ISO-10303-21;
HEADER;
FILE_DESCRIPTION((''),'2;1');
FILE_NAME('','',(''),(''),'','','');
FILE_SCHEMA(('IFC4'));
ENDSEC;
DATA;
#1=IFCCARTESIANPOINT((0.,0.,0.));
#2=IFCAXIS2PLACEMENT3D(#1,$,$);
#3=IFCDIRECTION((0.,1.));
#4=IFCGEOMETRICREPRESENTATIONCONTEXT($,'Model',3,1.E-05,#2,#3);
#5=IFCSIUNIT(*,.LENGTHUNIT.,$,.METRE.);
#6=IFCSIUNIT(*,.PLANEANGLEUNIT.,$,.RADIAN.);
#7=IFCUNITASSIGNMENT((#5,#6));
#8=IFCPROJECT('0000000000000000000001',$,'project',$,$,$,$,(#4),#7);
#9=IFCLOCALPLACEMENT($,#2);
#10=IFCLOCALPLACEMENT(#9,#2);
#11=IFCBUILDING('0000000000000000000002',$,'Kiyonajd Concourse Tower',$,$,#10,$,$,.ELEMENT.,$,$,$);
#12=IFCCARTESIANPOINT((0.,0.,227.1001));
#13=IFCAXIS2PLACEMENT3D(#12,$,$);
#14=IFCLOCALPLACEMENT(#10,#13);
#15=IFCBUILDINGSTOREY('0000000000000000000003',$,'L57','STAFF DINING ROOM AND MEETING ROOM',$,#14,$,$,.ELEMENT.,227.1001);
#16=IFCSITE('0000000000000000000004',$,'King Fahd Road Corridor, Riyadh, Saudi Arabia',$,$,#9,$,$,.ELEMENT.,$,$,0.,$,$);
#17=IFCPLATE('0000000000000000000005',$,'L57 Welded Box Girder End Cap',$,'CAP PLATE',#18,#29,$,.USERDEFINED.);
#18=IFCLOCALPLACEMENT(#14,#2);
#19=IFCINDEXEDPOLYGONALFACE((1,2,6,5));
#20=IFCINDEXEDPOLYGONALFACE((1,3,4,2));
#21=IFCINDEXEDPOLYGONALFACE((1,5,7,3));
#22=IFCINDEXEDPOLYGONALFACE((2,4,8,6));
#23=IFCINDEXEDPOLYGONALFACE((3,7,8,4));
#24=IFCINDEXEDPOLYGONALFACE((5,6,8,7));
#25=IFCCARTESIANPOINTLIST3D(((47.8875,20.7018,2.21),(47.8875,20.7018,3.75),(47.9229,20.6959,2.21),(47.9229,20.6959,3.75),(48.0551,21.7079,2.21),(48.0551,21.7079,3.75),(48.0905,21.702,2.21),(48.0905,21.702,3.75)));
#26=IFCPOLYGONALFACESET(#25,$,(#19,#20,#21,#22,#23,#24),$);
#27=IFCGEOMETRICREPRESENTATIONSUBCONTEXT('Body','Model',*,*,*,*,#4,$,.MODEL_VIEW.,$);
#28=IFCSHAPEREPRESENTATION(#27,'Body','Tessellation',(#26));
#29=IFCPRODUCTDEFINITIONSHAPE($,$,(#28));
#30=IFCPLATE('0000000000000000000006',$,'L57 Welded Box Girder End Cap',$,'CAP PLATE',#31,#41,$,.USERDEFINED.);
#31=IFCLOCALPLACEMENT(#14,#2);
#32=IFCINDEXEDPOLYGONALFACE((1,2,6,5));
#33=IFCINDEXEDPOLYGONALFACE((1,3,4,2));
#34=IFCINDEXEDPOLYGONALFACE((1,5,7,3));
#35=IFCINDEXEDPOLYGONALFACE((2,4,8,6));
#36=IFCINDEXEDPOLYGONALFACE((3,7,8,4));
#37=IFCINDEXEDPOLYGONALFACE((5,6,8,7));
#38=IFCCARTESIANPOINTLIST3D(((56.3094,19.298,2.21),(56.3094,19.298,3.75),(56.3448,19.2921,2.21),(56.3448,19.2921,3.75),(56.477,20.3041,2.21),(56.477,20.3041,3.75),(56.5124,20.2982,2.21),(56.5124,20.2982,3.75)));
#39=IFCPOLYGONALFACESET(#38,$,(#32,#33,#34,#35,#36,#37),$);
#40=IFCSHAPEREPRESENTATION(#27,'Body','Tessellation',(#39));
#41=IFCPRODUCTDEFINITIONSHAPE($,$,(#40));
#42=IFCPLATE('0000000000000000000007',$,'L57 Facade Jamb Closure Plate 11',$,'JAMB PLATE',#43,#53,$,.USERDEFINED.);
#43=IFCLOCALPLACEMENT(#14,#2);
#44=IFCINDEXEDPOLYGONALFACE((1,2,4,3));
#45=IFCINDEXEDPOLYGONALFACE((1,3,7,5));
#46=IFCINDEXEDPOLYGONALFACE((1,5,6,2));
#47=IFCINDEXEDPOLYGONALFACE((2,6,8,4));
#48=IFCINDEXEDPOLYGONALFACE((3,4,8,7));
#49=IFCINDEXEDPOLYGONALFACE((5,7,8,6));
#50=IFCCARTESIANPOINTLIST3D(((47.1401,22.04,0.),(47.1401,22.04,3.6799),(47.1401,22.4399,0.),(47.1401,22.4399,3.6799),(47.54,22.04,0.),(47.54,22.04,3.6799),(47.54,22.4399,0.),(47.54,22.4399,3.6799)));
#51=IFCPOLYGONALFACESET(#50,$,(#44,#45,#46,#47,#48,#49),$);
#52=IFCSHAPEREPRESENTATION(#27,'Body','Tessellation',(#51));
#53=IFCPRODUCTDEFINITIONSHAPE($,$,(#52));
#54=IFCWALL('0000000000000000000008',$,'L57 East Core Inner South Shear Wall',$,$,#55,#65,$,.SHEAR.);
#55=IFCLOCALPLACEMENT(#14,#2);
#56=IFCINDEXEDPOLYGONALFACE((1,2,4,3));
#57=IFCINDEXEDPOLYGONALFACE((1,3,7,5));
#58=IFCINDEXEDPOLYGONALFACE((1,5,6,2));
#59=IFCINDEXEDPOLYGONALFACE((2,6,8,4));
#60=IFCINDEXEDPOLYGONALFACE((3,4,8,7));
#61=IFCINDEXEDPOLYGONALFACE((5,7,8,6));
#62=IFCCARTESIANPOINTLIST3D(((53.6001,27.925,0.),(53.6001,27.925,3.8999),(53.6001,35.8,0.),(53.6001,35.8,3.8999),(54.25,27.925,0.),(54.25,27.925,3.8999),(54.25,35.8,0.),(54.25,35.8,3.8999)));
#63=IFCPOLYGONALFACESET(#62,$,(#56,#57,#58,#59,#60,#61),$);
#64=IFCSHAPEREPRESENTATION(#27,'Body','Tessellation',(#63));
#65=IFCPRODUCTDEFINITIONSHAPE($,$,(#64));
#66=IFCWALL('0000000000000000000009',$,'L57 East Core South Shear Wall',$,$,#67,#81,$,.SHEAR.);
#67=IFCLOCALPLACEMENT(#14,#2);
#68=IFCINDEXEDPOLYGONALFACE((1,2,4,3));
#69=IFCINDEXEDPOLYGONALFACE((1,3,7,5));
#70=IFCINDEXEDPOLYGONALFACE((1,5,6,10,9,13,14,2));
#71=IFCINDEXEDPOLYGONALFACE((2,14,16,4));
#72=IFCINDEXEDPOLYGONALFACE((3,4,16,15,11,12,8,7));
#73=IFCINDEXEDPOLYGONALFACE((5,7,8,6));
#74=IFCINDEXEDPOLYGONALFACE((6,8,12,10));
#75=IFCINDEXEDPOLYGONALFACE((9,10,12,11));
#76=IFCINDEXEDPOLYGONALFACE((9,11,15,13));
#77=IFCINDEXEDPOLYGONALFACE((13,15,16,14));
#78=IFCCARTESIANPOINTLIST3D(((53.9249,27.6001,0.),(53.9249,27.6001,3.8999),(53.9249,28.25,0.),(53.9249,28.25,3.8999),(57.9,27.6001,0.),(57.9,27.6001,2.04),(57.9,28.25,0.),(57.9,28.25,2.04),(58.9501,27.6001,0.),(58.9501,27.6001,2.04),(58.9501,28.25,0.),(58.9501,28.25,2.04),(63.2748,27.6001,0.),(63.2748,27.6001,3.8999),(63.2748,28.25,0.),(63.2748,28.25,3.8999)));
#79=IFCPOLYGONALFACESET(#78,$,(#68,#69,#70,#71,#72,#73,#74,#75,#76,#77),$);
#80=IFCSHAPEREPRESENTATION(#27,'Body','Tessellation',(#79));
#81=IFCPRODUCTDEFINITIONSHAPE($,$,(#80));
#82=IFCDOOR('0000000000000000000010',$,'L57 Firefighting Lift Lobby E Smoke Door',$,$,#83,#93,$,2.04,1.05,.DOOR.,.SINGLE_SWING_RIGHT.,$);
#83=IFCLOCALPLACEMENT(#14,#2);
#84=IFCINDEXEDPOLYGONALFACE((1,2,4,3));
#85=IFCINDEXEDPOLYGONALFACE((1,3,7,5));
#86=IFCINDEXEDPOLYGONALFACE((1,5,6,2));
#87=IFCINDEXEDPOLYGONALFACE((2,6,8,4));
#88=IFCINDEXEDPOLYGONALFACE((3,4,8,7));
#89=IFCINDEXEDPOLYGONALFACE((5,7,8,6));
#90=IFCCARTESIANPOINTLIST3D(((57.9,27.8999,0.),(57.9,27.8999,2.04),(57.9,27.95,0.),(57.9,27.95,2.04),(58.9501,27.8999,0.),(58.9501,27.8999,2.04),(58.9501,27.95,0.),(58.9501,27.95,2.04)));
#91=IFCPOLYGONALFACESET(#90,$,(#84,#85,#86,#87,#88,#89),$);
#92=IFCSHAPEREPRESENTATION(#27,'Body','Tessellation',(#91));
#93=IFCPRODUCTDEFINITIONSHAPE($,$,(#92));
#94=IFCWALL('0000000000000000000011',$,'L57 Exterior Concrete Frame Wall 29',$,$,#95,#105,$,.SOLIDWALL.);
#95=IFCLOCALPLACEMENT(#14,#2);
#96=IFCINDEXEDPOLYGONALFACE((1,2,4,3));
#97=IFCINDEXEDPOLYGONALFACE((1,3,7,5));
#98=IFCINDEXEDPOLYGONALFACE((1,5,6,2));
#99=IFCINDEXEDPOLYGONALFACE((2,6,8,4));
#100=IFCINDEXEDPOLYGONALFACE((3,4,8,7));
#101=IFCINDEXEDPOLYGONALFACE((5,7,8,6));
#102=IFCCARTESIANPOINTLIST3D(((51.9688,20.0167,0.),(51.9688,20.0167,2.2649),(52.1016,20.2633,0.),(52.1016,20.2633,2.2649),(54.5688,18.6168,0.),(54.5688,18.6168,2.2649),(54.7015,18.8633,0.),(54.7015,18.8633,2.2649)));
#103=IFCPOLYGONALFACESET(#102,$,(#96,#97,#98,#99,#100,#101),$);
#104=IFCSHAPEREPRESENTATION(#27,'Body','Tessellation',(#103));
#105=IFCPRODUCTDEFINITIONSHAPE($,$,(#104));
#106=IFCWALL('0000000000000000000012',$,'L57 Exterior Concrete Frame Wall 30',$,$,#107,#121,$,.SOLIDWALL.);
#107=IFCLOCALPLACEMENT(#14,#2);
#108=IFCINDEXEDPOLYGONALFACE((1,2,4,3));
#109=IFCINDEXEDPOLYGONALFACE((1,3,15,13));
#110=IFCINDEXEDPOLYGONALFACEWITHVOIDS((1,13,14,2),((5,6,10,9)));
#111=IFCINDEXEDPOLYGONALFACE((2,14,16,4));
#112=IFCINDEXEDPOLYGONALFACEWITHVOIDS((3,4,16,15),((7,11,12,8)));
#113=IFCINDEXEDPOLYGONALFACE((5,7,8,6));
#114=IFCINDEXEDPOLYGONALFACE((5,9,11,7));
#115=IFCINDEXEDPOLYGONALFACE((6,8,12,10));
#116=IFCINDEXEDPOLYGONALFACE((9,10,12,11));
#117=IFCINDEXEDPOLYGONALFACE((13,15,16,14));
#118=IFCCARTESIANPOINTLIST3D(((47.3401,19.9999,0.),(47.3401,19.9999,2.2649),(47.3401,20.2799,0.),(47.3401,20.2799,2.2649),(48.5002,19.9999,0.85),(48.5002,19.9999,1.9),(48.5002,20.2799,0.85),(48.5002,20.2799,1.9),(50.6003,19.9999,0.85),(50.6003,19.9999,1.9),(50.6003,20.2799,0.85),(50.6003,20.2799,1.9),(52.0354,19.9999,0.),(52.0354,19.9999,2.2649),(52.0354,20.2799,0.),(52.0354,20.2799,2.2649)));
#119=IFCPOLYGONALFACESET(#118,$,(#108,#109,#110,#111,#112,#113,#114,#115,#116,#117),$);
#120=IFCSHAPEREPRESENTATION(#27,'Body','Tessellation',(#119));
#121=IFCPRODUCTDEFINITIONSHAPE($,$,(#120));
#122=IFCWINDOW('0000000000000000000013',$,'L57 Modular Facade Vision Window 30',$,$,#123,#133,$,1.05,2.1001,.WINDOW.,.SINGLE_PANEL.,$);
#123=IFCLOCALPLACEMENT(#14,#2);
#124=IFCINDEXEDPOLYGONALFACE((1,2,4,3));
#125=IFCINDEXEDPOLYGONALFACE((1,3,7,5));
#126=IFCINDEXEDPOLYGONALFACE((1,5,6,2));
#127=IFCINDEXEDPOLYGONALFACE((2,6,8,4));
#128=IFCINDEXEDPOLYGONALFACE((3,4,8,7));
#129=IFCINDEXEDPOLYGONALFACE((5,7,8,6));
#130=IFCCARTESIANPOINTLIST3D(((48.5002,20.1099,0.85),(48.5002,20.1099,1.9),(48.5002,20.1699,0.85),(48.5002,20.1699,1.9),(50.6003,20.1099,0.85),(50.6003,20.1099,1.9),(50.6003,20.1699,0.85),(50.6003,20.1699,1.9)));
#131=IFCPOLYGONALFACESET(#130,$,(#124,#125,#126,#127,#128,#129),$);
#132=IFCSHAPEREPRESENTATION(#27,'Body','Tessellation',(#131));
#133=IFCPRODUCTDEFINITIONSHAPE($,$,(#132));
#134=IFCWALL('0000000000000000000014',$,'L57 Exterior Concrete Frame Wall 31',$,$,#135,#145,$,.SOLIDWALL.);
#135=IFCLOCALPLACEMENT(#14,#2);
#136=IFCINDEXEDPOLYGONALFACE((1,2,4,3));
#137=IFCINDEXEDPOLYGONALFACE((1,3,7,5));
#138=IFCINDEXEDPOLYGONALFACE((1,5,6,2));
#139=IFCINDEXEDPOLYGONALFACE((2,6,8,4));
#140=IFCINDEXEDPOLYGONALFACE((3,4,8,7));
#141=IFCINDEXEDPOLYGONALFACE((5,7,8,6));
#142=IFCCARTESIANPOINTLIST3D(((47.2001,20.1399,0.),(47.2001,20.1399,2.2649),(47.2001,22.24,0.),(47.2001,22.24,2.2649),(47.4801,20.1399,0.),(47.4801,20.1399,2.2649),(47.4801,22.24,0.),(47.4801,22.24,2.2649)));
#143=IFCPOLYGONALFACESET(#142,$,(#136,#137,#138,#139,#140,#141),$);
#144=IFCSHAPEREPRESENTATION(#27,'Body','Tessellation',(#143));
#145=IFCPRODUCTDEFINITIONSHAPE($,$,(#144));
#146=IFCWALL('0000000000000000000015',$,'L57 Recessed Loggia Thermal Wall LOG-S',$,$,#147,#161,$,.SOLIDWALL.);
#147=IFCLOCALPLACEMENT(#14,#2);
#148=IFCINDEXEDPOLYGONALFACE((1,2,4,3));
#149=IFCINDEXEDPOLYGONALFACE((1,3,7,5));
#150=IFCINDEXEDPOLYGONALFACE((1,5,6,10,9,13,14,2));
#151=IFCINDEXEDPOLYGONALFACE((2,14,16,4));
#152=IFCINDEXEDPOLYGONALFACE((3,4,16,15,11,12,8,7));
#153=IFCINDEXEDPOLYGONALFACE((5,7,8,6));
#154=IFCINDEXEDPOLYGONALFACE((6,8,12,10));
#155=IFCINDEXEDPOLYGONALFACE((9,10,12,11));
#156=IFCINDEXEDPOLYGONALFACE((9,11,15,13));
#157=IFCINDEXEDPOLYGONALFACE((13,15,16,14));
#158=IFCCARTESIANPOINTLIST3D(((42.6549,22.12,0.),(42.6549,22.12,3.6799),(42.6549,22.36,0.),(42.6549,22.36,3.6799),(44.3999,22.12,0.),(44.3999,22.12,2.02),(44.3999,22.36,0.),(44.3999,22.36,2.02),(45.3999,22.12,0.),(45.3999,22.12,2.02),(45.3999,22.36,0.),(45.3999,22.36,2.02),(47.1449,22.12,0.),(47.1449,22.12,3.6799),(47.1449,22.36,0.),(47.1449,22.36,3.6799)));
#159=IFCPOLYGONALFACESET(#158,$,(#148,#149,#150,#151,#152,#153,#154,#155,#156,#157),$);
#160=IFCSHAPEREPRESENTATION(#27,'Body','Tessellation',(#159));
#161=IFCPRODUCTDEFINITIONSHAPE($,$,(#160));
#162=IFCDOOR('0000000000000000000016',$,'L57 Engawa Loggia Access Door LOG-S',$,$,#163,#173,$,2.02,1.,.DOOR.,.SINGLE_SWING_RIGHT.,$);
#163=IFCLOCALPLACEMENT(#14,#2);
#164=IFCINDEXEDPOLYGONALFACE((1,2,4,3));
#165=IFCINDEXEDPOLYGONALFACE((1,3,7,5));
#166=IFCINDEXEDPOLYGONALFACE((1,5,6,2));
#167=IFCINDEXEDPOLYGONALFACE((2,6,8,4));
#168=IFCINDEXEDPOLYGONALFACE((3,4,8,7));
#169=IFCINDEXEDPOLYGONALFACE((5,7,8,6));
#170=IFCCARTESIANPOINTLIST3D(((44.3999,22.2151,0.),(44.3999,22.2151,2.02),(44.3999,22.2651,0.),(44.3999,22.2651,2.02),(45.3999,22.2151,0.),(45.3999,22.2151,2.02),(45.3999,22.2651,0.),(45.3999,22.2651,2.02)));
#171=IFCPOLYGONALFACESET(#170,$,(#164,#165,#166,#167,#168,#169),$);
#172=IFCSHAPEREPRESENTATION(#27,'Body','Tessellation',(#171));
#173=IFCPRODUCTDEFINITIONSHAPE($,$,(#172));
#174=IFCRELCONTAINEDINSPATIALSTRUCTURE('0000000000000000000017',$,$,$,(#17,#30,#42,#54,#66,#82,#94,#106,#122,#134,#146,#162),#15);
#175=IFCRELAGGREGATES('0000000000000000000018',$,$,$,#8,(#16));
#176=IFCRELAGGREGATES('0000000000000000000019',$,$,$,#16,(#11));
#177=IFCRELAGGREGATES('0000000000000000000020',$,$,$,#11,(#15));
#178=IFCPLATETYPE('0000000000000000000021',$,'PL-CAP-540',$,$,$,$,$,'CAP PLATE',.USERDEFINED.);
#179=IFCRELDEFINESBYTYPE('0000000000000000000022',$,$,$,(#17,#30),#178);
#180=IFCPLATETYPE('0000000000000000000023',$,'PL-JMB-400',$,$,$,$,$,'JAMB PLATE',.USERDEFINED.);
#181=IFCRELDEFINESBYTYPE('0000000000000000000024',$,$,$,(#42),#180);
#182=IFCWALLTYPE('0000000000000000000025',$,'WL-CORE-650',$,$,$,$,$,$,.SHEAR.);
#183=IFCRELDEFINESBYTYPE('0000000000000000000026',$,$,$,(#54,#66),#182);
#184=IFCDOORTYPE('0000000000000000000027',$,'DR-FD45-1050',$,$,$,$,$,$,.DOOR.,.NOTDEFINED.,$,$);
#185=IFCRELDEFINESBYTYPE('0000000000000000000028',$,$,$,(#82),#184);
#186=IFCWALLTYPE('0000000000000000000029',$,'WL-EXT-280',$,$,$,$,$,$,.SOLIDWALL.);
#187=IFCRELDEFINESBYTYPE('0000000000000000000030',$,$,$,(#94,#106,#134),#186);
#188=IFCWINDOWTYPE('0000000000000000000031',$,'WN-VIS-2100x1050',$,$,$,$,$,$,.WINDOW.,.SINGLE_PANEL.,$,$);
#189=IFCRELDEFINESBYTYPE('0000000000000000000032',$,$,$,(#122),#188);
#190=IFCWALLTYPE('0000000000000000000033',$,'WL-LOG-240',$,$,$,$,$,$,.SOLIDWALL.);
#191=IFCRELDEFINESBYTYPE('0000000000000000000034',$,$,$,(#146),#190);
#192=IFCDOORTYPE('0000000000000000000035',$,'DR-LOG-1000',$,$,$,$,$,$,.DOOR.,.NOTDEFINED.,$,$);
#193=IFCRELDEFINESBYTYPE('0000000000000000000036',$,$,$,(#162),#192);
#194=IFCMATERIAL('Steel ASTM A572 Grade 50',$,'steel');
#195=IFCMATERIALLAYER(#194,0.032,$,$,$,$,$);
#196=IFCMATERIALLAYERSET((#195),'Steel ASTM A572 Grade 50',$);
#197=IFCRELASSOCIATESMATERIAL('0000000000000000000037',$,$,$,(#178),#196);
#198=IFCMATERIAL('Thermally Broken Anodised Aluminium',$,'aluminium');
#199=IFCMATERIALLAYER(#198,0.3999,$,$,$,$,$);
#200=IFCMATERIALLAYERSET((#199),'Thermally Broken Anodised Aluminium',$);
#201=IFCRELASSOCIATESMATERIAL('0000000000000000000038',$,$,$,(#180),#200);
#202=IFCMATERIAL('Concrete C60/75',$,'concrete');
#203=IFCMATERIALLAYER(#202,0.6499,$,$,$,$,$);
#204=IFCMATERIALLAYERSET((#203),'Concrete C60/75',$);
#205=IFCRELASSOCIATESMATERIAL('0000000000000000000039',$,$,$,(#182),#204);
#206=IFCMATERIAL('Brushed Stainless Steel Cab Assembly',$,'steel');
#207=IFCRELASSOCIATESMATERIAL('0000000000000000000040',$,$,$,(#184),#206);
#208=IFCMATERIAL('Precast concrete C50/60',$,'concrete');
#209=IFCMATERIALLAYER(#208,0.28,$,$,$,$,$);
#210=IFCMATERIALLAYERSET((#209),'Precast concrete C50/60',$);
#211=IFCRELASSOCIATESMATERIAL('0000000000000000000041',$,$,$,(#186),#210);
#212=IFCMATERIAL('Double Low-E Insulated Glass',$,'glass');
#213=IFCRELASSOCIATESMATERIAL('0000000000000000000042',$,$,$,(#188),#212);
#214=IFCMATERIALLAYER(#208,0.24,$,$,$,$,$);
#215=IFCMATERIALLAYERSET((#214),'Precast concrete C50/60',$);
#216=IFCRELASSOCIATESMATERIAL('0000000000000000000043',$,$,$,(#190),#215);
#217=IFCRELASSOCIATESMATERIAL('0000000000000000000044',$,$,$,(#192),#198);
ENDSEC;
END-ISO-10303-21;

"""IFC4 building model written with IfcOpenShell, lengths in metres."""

from ifc_helpers import new_model, si_unit, direction, frame, frame_2d, origin, origin_2d, place, context, subcontext, project, spatial, rectangle, extrude, material, layer, layer_set, type_object, element, fill, save


model = new_model("IFC4")

# Units and contexts
model_context = context("Model", 3, precision=1e-05, world=origin(), true_north=direction((0.0, 1.0)))
body_context = subcontext(model_context, "Body", "Model", "MODEL_VIEW")
ifc_project = project(units=[si_unit("LENGTHUNIT", "METRE"), si_unit("PLANEANGLEUNIT", "RADIAN")], contexts=[model_context])

# Site, building, storey
site_placement = place(None, origin())
site = spatial("IfcSite", under=ifc_project, at=site_placement, Name="King Fahd Road Corridor, Riyadh, Saudi Arabia", CompositionType="ELEMENT", RefElevation=0.0)
building_placement = place(site_placement, origin())
building = spatial("IfcBuilding", under=site, at=building_placement, Name="Kiyonajd Concourse Tower", CompositionType="ELEMENT")
storey_placement = place(building_placement, frame((0.0, 0.0, 227.1001)))
storey = spatial("IfcBuildingStorey", under=building, at=storey_placement, Name="L57", Description="STAFF DINING ROOM AND MEETING ROOM", CompositionType="ELEMENT", Elevation=227.1001)

# Shared definitions
ifc_material_1 = material(Name="Concrete C60/75", Category="concrete")

# Shared definitions
ifc_material_2 = material(Name="Steel ASTM A572 Grade 50", Category="steel")

# Plates
ifc_layer_1 = layer(ifc_material_2, 0.032)
ifc_layer_set_1 = layer_set([ifc_layer_1], Name="Steel ASTM A572 Grade 50")
plate_type_1 = type_object("IfcPlateType", Name="PL-CAP-540", ElementType="CAP PLATE", PredefinedType="USERDEFINED", material=ifc_layer_set_1)
for number, where, z_axis, x_axis, name in (
    (1, (47.989, 21.2019, 2.21), (0.0, 0.0, 1.0), (-0.986401, 0.164359, 0.0), "L57 Welded Box Girder End Cap"),
    (2, (56.4109, 19.7981, 2.21), (0.0, 0.0, 1.0), (0.986401, -0.164359, 0.0), "L57 Welded Box Girder End Cap"),
):
    element("IfcPlate", number, at=place(storey_placement, frame(where, z_axis=z_axis, x_axis=x_axis)), inside=storey, type_object=plate_type_1, Name=name, ObjectType="CAP PLATE", PredefinedType="USERDEFINED", context=body_context, shape_type="SweptSolid", body=[
        extrude(rectangle(XDim=0.0359, YDim=1.02, at=origin_2d()), origin(), (0.0, 0.0, 1.0), 1.54),
    ])
ifc_material_3 = material(Name="Thermally Broken Anodised Aluminium", Category="aluminium")
ifc_layer_2 = layer(ifc_material_3, 0.3999)
ifc_layer_set_2 = layer_set([ifc_layer_2], Name="Thermally Broken Anodised Aluminium")
plate_type_2 = type_object("IfcPlateType", Name="PL-JMB-400", ElementType="JAMB PLATE", PredefinedType="USERDEFINED", material=ifc_layer_set_2)
plate_placement = place(storey_placement, frame((47.3401, 22.24, 0.0), z_axis=(0.0, 0.0, 1.0), x_axis=(1.0, 0.0, 0.0)))
element("IfcPlate", 3, at=plate_placement, inside=storey, type_object=plate_type_2, Name="L57 Facade Jamb Closure Plate 11", ObjectType="JAMB PLATE", PredefinedType="USERDEFINED", context=body_context, shape_type="SweptSolid", body=[
    extrude(rectangle(XDim=0.3999, YDim=0.3999, at=origin_2d()), origin(), (0.0, 0.0, 1.0), 3.6799),
])

# Wall
ifc_layer_3 = layer(ifc_material_1, 0.6499)
ifc_layer_set_3 = layer_set([ifc_layer_3], Name="Concrete C60/75")
wall_type_1 = type_object("IfcWallType", Name="WL-CORE-650", PredefinedType="SHEAR", material=ifc_layer_set_3)
wall_1_placement = place(storey_placement, frame((53.925, 27.925, 0.0), z_axis=(0.0, 0.0, 1.0), x_axis=(0.0, 1.0, 0.0)))
element("IfcWall", 4, at=wall_1_placement, inside=storey, type_object=wall_type_1, Name="L57 East Core Inner South Shear Wall", PredefinedType="SHEAR", context=body_context, shape_type="SweptSolid", body=[
    extrude(rectangle(XDim=7.875, YDim=0.6499, at=frame_2d((3.9375, 0.0))), origin(), (0.0, 0.0, 1.0), 3.8999),
])

# Wall, opening, door
wall_2_placement = place(storey_placement, frame((53.925, 27.925, 0.0), z_axis=(0.0, 0.0, 1.0), x_axis=(1.0, 0.0, 0.0)))
wall_2 = element("IfcWall", 5, at=wall_2_placement, inside=storey, type_object=wall_type_1, Name="L57 East Core South Shear Wall", PredefinedType="SHEAR", context=body_context, shape_type="SweptSolid", body=[
    extrude(rectangle(XDim=9.3499, YDim=0.6499, at=frame_2d((4.6748, 0.0))), origin(), (0.0, 0.0, 1.0), 3.8999),
])
opening_1_placement = place(wall_2_placement, frame((3.9751, 0.0, 0.0)))
opening_1 = element("IfcOpeningElement", 6, at=opening_1_placement, cuts=wall_2, PredefinedType="OPENING", context=body_context, shape_type="SweptSolid", body=[
    extrude(rectangle(XDim=1.05, YDim=2.04, at=frame_2d((0.5249, 1.02))), frame((0.0, 0.335, 0.0), z_axis=(0.0, -1.0, 0.0), x_axis=(1.0, 0.0, 0.0)), (0.0, 0.0, 1.0), 0.6699),
])
ifc_material_4 = material(Name="Brushed Stainless Steel Cab Assembly", Category="steel")
door_type_1 = type_object("IfcDoorType", Name="DR-FD45-1050", OperationType="NOTDEFINED", PredefinedType="DOOR", material=ifc_material_4)
door_1_placement = place(opening_1_placement, origin())
door_1 = element("IfcDoor", 7, at=door_1_placement, inside=storey, type_object=door_type_1, Name="L57 Firefighting Lift Lobby E Smoke Door", OperationType="SINGLE_SWING_RIGHT", OverallHeight=2.04, OverallWidth=1.05, PredefinedType="DOOR", context=body_context, shape_type="SweptSolid", body=[
    extrude(rectangle(XDim=1.05, YDim=2.04, at=frame_2d((0.5249, 1.02))), frame((0.0, 0.0249, 0.0), z_axis=(0.0, -1.0, 0.0), x_axis=(1.0, 0.0, 0.0)), (0.0, 0.0, 1.0), 0.05),
])
fill(opening_1, door_1)

# Wall
ifc_material_5 = material(Name="Precast concrete C50/60", Category="concrete")
ifc_layer_4 = layer(ifc_material_5, 0.28)
ifc_layer_set_4 = layer_set([ifc_layer_4], Name="Precast concrete C50/60")
wall_type_2 = type_object("IfcWallType", Name="WL-EXT-280", PredefinedType="SOLIDWALL", material=ifc_layer_set_4)
wall_3_placement = place(storey_placement, frame((54.6353, 18.74, 0.0), z_axis=(0.0, 0.0, 1.0), x_axis=(-0.880474, 0.474095, 0.0)))
element("IfcWall", 8, at=wall_3_placement, inside=storey, type_object=wall_type_2, Name="L57 Exterior Concrete Frame Wall 29", PredefinedType="SOLIDWALL", context=body_context, shape_type="SweptSolid", body=[
    extrude(rectangle(XDim=2.9529, YDim=0.28, at=frame_2d((1.4766, 0.0))), origin(), (0.0, 0.0, 1.0), 2.2649),
])

# Wall, opening, window
wall_4_placement = place(storey_placement, frame((52.0354, 20.1399, 0.0), z_axis=(0.0, 0.0, 1.0), x_axis=(-1.0, 0.0, 0.0)))
wall_4 = element("IfcWall", 9, at=wall_4_placement, inside=storey, type_object=wall_type_2, Name="L57 Exterior Concrete Frame Wall 30", PredefinedType="SOLIDWALL", context=body_context, shape_type="SweptSolid", body=[
    extrude(rectangle(XDim=4.6953, YDim=0.28, at=frame_2d((2.3477, 0.0))), origin(), (0.0, 0.0, 1.0), 2.2649),
])
opening_2_placement = place(wall_4_placement, frame((1.4351, 0.0, 0.8501)))
opening_2 = element("IfcOpeningElement", 10, at=opening_2_placement, cuts=wall_4, PredefinedType="OPENING", context=body_context, shape_type="SweptSolid", body=[
    extrude(rectangle(XDim=2.1001, YDim=1.05, at=frame_2d((1.05, 0.5249))), frame((0.0, 0.1499, 0.0), z_axis=(0.0, -1.0, 0.0), x_axis=(1.0, 0.0, 0.0)), (0.0, 0.0, 1.0), 0.3),
])
ifc_material_6 = material(Name="Double Low-E Insulated Glass", Category="glass")
window_type = type_object("IfcWindowType", Name="WN-VIS-2100x1050", PartitioningType="SINGLE_PANEL", PredefinedType="WINDOW", material=ifc_material_6)
window_placement = place(opening_2_placement, origin())
window = element("IfcWindow", 11, at=window_placement, inside=storey, type_object=window_type, Name="L57 Modular Facade Vision Window 30", OverallHeight=1.05, OverallWidth=2.1001, PartitioningType="SINGLE_PANEL", PredefinedType="WINDOW", context=body_context, shape_type="SweptSolid", body=[
    extrude(rectangle(XDim=2.1001, YDim=1.05, at=frame_2d((1.05, 0.5249))), frame((0.0, 0.03, 0.0), z_axis=(0.0, -1.0, 0.0), x_axis=(1.0, 0.0, 0.0)), (0.0, 0.0, 1.0), 0.0601),
])
fill(opening_2, window)

# Wall
wall_5_placement = place(storey_placement, frame((47.3401, 20.1399, 0.0), z_axis=(0.0, 0.0, 1.0), x_axis=(0.0, 1.0, 0.0)))
element("IfcWall", 12, at=wall_5_placement, inside=storey, type_object=wall_type_2, Name="L57 Exterior Concrete Frame Wall 31", PredefinedType="SOLIDWALL", context=body_context, shape_type="SweptSolid", body=[
    extrude(rectangle(XDim=2.1001, YDim=0.28, at=frame_2d((1.05, 0.0))), origin(), (0.0, 0.0, 1.0), 2.2649),
])

# Wall, opening, door
ifc_layer_5 = layer(ifc_material_5, 0.24)
ifc_layer_set_5 = layer_set([ifc_layer_5], Name="Precast concrete C50/60")
wall_type_3 = type_object("IfcWallType", Name="WL-LOG-240", PredefinedType="SOLIDWALL", material=ifc_layer_set_5)
wall_6_placement = place(storey_placement, frame((47.145, 22.24, 0.0), z_axis=(0.0, 0.0, 1.0), x_axis=(-1.0, 0.0, 0.0)))
wall_6 = element("IfcWall", 13, at=wall_6_placement, inside=storey, type_object=wall_type_3, Name="L57 Recessed Loggia Thermal Wall LOG-S", PredefinedType="SOLIDWALL", context=body_context, shape_type="SweptSolid", body=[
    extrude(rectangle(XDim=4.49, YDim=0.24, at=frame_2d((2.2451, 0.0))), origin(), (0.0, 0.0, 1.0), 3.6799),
])
opening_3_placement = place(wall_6_placement, frame((1.7451, 0.0, 0.0)))
opening_3 = element("IfcOpeningElement", 14, at=opening_3_placement, cuts=wall_6, PredefinedType="OPENING", context=body_context, shape_type="SweptSolid", body=[
    extrude(rectangle(XDim=1.0, YDim=2.02, at=frame_2d((0.5, 1.01))), frame((0.0, 0.1299, 0.0), z_axis=(0.0, -1.0, 0.0), x_axis=(1.0, 0.0, 0.0)), (0.0, 0.0, 1.0), 0.26),
])
door_type_2 = type_object("IfcDoorType", Name="DR-LOG-1000", OperationType="NOTDEFINED", PredefinedType="DOOR", material=ifc_material_3)
door_2_placement = place(opening_3_placement, origin())
door_2 = element("IfcDoor", 15, at=door_2_placement, inside=storey, type_object=door_type_2, Name="L57 Engawa Loggia Access Door LOG-S", OperationType="SINGLE_SWING_RIGHT", OverallHeight=2.02, OverallWidth=1.0, PredefinedType="DOOR", context=body_context, shape_type="SweptSolid", body=[
    extrude(rectangle(XDim=1.0, YDim=2.02, at=frame_2d((0.5, 1.01))), frame((0.0, 0.0249, 0.0), z_axis=(0.0, -1.0, 0.0), x_axis=(1.0, 0.0, 0.0)), (0.0, 0.0, 1.0), 0.05),
])
fill(opening_3, door_2)

save(model, "model.ifc")
